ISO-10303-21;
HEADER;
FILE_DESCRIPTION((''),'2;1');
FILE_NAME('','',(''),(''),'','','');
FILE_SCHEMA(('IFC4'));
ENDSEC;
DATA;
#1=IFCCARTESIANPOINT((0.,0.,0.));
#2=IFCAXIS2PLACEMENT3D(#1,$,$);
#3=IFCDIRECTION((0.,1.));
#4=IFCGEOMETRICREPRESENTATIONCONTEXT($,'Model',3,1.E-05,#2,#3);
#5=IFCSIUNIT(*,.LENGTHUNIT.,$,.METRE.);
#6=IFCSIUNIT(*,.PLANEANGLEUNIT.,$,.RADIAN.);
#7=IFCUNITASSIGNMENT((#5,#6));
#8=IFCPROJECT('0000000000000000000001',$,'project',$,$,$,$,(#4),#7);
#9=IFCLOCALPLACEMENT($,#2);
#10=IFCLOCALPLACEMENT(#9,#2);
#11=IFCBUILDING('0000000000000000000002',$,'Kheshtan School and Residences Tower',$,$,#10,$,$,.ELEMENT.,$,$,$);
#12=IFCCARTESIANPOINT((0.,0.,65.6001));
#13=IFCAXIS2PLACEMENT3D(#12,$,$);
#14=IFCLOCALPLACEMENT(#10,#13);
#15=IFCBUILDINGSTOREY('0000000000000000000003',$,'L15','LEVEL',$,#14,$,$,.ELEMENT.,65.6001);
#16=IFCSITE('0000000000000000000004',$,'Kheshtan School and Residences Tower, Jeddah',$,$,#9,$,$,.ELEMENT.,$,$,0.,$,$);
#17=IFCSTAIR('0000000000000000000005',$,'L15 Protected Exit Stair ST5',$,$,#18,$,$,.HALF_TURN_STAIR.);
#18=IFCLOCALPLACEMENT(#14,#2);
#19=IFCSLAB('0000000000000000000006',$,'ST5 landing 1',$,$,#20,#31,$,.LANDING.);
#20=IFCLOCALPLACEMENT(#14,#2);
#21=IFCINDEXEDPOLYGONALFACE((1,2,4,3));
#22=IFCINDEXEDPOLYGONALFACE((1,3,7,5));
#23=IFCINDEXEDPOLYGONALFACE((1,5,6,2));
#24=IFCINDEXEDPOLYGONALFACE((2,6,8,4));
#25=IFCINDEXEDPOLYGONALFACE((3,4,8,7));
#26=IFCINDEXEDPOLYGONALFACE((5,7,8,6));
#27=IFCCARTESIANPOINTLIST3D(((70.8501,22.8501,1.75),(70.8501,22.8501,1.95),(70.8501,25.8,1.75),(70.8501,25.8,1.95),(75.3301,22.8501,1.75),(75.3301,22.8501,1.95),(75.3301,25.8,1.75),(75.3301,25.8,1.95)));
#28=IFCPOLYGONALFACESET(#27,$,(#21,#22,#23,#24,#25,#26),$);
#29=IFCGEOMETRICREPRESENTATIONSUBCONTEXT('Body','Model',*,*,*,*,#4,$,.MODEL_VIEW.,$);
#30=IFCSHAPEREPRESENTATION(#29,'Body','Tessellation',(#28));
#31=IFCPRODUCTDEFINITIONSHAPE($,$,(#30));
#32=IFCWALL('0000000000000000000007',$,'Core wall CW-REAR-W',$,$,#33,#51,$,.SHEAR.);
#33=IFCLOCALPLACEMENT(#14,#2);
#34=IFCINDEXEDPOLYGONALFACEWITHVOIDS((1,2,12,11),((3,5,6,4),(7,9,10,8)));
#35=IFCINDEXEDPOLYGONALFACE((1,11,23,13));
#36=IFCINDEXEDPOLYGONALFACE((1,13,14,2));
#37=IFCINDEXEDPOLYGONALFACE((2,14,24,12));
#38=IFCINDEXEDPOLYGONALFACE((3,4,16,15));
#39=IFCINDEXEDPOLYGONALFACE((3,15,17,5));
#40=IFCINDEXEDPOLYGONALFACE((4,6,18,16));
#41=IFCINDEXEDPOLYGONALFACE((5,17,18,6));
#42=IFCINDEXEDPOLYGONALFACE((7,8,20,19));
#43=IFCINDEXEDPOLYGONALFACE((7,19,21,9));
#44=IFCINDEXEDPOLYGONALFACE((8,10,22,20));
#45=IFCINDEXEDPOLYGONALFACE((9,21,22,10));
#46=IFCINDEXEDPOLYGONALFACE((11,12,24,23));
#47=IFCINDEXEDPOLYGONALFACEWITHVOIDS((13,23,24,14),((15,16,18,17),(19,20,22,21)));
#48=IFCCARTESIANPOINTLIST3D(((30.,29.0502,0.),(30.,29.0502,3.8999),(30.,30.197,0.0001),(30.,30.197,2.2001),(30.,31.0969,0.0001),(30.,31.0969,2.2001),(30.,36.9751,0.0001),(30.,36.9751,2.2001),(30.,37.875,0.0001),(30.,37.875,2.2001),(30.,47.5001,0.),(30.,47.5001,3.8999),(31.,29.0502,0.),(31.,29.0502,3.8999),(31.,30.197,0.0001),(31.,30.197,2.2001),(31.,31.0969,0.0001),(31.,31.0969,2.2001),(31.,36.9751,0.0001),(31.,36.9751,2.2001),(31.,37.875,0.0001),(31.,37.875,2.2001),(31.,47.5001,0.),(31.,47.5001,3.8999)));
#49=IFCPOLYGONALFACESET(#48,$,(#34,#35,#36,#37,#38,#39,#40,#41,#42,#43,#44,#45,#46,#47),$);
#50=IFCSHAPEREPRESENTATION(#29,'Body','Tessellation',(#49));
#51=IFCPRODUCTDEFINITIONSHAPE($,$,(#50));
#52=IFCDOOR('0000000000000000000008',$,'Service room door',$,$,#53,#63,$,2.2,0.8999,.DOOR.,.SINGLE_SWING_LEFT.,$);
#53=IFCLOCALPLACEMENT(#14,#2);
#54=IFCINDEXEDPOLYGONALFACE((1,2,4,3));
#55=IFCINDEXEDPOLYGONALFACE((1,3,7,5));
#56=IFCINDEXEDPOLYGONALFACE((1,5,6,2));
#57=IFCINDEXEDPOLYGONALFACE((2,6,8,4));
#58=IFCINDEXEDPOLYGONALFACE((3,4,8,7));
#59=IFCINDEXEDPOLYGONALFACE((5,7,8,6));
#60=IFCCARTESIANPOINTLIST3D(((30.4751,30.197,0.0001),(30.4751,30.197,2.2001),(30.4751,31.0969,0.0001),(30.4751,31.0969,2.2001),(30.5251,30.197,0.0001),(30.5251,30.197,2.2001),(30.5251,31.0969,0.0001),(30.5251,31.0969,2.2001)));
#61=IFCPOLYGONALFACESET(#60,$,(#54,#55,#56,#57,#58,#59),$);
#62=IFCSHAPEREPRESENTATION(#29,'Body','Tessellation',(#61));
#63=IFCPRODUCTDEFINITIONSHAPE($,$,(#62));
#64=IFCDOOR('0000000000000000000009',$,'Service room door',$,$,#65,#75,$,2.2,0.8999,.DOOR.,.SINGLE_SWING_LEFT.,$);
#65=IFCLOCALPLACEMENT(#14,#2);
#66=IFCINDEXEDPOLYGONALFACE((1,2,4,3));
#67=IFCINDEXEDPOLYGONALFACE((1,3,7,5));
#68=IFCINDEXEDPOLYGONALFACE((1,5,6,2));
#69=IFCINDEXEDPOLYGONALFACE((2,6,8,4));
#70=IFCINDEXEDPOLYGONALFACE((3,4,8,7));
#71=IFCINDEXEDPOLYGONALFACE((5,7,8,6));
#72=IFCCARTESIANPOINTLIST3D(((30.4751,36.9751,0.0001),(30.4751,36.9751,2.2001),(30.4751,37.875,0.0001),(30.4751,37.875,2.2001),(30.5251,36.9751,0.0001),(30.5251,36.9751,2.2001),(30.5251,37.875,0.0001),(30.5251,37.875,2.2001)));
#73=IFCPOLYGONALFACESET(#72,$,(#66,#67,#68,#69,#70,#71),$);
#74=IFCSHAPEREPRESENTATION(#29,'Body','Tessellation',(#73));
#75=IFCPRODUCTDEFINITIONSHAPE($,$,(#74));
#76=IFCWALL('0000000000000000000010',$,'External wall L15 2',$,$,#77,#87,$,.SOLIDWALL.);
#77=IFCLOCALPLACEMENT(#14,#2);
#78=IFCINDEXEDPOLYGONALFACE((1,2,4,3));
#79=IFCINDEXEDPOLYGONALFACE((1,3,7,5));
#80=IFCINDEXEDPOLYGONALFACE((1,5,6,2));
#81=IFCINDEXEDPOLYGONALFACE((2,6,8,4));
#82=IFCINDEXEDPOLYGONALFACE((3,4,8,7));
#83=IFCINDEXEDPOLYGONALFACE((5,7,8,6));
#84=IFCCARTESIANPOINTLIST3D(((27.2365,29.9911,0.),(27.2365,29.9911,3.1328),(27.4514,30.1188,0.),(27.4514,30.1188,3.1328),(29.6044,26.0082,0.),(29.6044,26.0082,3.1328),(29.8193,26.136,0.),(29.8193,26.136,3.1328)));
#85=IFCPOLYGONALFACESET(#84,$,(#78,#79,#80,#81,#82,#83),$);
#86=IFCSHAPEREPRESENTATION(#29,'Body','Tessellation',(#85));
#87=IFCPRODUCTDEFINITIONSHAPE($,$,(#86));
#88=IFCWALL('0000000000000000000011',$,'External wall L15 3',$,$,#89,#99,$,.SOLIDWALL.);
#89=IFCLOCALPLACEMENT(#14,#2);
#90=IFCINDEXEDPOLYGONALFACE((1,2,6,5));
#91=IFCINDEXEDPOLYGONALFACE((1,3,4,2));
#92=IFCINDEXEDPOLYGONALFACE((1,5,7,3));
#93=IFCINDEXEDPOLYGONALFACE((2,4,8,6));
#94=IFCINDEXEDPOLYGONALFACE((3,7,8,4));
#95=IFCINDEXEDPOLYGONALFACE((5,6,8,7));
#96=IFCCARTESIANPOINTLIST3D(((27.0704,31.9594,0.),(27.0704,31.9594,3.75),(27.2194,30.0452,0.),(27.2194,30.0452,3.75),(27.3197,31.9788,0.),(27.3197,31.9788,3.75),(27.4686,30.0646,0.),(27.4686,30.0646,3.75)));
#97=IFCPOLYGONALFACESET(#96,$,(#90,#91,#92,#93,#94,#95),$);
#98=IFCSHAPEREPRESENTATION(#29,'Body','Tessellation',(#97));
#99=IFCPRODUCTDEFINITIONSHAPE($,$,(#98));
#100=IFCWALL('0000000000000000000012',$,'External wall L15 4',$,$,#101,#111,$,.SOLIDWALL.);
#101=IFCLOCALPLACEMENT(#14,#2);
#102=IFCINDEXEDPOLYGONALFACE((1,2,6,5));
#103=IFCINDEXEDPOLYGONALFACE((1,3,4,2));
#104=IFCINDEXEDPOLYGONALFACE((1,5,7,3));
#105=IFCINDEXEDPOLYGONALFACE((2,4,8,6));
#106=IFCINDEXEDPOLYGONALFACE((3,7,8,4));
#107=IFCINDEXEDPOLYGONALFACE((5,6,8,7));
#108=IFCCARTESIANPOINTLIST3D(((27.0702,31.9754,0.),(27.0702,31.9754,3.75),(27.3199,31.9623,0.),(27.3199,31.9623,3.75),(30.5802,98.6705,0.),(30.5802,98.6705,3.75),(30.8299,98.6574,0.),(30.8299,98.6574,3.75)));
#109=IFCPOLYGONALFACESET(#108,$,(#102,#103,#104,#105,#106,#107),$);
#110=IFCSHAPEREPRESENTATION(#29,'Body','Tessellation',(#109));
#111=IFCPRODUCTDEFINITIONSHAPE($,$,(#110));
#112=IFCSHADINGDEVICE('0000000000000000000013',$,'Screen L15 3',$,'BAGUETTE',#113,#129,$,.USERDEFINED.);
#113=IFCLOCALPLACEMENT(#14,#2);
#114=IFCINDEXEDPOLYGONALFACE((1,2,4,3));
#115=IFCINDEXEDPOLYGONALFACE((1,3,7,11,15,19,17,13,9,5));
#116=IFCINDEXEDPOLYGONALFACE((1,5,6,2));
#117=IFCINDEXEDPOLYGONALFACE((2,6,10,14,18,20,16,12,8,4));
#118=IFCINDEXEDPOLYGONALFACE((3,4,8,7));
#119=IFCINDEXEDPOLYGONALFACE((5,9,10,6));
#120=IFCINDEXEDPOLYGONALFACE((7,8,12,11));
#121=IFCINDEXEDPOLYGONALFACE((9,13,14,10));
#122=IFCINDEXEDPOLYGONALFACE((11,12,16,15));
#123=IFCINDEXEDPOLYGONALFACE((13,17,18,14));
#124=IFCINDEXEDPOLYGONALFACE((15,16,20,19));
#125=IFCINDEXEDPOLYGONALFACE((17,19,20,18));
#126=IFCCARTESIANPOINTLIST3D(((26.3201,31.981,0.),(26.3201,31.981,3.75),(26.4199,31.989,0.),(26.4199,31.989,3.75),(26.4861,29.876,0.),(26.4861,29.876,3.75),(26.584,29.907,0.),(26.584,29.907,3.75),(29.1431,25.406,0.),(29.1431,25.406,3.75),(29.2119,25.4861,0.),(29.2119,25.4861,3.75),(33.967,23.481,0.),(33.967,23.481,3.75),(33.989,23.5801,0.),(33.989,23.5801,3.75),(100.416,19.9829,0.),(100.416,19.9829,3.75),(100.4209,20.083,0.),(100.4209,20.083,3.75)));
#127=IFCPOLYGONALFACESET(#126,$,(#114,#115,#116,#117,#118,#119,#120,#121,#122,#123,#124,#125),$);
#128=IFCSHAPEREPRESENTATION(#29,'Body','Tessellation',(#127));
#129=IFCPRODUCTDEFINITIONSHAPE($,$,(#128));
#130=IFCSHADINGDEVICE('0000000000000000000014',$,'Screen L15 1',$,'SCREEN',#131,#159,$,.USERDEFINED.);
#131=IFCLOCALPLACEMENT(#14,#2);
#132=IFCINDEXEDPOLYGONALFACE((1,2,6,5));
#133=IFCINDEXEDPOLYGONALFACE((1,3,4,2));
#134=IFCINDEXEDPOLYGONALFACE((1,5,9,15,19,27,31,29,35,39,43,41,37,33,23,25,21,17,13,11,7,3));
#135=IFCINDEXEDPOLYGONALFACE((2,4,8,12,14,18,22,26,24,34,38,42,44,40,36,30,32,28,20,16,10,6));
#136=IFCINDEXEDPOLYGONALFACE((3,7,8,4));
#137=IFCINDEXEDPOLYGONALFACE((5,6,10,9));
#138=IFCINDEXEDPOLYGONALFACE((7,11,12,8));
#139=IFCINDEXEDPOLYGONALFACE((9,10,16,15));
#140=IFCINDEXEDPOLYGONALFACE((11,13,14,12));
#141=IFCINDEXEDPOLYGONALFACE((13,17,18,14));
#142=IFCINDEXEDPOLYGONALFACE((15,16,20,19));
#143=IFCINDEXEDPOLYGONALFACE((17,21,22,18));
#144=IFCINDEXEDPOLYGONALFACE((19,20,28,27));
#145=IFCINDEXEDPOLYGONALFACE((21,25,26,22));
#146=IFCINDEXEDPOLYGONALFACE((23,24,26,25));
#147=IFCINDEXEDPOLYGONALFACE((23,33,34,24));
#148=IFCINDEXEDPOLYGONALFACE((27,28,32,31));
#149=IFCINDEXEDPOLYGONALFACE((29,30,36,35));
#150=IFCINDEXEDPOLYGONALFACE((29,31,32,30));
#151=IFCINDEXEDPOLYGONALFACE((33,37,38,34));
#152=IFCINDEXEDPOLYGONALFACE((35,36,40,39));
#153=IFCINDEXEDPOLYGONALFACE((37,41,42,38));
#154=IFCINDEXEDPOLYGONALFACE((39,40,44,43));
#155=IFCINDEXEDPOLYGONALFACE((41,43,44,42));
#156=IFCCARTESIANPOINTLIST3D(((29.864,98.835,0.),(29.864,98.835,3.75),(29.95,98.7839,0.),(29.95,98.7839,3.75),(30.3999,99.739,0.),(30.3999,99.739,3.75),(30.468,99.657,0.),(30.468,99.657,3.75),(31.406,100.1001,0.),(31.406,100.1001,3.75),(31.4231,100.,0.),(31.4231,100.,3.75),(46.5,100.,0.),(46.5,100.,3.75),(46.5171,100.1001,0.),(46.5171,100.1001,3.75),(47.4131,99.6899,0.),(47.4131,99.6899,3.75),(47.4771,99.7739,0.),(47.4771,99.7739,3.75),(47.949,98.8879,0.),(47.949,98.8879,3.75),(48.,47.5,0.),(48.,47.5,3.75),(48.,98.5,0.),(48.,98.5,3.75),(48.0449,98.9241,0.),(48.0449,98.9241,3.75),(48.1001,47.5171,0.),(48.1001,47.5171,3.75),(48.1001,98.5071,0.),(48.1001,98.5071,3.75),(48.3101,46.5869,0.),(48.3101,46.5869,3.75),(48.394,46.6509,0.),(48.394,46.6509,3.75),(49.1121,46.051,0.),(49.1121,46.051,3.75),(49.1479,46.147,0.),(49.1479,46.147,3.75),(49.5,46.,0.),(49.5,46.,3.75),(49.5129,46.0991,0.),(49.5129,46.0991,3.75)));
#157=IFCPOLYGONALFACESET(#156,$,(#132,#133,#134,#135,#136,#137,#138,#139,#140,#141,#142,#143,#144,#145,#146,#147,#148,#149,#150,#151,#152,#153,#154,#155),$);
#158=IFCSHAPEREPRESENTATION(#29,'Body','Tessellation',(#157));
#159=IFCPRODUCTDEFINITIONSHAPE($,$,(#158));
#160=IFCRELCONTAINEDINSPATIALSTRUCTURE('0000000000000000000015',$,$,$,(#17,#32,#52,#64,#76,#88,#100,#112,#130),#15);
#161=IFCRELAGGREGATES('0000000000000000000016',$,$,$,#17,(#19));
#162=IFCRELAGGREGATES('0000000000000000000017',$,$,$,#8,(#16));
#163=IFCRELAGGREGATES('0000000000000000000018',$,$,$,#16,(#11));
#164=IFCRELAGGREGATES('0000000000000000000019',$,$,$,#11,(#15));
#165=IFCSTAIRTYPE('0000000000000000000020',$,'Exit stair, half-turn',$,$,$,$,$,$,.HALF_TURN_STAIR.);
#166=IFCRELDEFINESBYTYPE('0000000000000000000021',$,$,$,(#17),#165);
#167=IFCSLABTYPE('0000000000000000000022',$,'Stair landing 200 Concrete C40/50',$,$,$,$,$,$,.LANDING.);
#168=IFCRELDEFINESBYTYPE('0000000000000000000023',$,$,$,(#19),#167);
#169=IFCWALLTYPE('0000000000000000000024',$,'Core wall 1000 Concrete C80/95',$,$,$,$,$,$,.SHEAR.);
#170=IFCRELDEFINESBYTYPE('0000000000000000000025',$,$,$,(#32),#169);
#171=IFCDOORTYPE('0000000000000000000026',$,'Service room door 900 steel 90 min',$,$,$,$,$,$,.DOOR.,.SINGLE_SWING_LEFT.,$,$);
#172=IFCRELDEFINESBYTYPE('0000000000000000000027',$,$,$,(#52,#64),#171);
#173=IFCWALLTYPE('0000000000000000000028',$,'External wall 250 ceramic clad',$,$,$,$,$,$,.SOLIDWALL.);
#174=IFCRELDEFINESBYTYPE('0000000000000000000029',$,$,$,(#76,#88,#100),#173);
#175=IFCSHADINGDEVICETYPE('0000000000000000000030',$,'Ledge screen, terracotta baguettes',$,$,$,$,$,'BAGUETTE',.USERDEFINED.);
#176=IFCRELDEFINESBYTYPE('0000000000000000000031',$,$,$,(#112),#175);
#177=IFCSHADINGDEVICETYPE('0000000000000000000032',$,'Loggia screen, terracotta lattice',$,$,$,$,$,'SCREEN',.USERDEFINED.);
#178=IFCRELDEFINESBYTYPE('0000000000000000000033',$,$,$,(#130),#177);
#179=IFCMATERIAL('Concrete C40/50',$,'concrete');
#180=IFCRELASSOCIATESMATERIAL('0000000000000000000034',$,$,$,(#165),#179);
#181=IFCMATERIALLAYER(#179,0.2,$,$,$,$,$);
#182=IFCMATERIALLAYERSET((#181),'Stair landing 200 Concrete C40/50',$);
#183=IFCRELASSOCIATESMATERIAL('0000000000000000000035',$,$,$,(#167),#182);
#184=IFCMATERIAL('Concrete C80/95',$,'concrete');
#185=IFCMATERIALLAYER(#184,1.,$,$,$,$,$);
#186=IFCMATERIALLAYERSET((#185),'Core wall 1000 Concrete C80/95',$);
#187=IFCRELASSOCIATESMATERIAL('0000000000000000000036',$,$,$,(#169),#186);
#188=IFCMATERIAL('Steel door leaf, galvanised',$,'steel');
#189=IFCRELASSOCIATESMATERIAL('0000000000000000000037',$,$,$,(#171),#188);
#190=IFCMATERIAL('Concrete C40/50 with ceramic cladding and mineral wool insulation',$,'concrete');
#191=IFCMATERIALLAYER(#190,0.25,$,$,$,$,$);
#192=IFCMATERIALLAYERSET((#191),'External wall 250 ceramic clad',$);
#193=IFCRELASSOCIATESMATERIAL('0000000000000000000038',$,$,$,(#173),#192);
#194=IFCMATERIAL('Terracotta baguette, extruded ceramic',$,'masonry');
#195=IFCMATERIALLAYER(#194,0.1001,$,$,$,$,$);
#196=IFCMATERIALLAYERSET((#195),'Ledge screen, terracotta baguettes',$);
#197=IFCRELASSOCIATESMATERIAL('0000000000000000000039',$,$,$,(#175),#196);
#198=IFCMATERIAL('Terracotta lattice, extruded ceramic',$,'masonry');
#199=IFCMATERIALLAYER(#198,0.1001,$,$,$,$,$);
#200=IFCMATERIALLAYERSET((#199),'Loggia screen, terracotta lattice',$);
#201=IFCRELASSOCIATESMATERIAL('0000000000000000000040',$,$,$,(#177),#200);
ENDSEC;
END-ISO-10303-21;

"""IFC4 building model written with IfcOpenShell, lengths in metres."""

from ifc_helpers import new_model, si_unit, direction, frame, frame_2d, origin, place, context, subcontext, project, spatial, polyline, rectangle, outline, extrude, source, transform, mapped, material, layer, layer_set, type_object, element, fill, aggregate, save


model = new_model("IFC4")

# Units and contexts
model_context = context("Model", 3, precision=1e-05, world=origin(), true_north=direction((0.0, 1.0)))
body_context = subcontext(model_context, "Body", "Model", "MODEL_VIEW")
ifc_project = project(units=[si_unit("LENGTHUNIT", "METRE"), si_unit("PLANEANGLEUNIT", "RADIAN")], contexts=[model_context])

# Site, building, storey
site_placement = place(None, origin())
site = spatial("IfcSite", under=ifc_project, at=site_placement, Name="Kheshtan School and Residences Tower, Jeddah", CompositionType="ELEMENT", RefElevation=0.0)
building_placement = place(site_placement, origin())
building = spatial("IfcBuilding", under=site, at=building_placement, Name="Kheshtan School and Residences Tower", CompositionType="ELEMENT")
storey_placement = place(building_placement, frame((0.0, 0.0, 65.6001)))
storey = spatial("IfcBuildingStorey", under=building, at=storey_placement, Name="L15", Description="LEVEL", CompositionType="ELEMENT", Elevation=65.6001)

# Shared definitions
ifc_material_1 = material(Name="Concrete C40/50", Category="concrete")

# Stair, slab
stair_type = type_object("IfcStairType", Name="Exit stair, half-turn", PredefinedType="HALF_TURN_STAIR", material=ifc_material_1)
ifc_layer_1 = layer(ifc_material_1, 0.2)
ifc_layer_set_1 = layer_set([ifc_layer_1], Name="Stair landing 200 Concrete C40/50")
slab_type_1 = type_object("IfcSlabType", Name="Stair landing 200 Concrete C40/50", PredefinedType="LANDING", material=ifc_layer_set_1)
stair_1_placement = place(storey_placement, origin())
stair_1 = element("IfcStair", 1, at=stair_1_placement, inside=storey, type_object=stair_type, Name="L15 Protected Exit Stair ST5", PredefinedType="HALF_TURN_STAIR")
slab_1_placement = place(storey_placement, frame((0.0, 0.0, 1.75)))
slab_1 = element("IfcSlab", 2, at=slab_1_placement, type_object=slab_type_1, Name="ST5 landing 1", PredefinedType="LANDING", context=body_context, shape_type="SweptSolid", body=[
    extrude(outline(polyline([(75.3301, 25.8), (70.8501, 25.8), (70.8501, 22.8501), (75.3301, 22.8501), (75.3301, 25.8)])), origin(), (0.0, 0.0, 1.0), 0.2),
])
aggregate(stair_1, [slab_1])

# Wall, openings, doors
ifc_material_2 = material(Name="Concrete C80/95", Category="concrete")
ifc_layer_2 = layer(ifc_material_2, 1.0)
ifc_layer_set_2 = layer_set([ifc_layer_2], Name="Core wall 1000 Concrete C80/95")
wall_type_1 = type_object("IfcWallType", Name="Core wall 1000 Concrete C80/95", PredefinedType="SHEAR", material=ifc_layer_set_2)
wall_1_placement = place(storey_placement, frame((30.5, 29.05, 0.0), z_axis=(0.0, 0.0, 1.0), x_axis=(0.0, 1.0, 0.0)))
wall_1 = element("IfcWall", 3, at=wall_1_placement, inside=storey, type_object=wall_type_1, Name="Core wall CW-REAR-W", PredefinedType="SHEAR", context=body_context, shape_type="SweptSolid", body=[
    extrude(rectangle(XDim=18.45, YDim=1.0, at=frame_2d((9.2251, 0.0))), origin(), (0.0, 0.0, 1.0), 3.8999),
])
opening_1_placement = place(wall_1_placement, frame((1.147, 0.0, 0.0)))
opening_1 = element("IfcOpeningElement", 4, at=opening_1_placement, cuts=wall_1, PredefinedType="OPENING", context=body_context, shape_type="SweptSolid", body=[
    extrude(rectangle(XDim=0.8999, YDim=2.2, at=frame_2d((0.45, 1.1001))), frame((0.0, 0.51, 0.0), z_axis=(0.0, -1.0, 0.0), x_axis=(1.0, 0.0, 0.0)), (0.0, 0.0, 1.0), 1.02),
])
opening_2_placement = place(wall_1_placement, frame((7.925, 0.0, 0.0)))
opening_2 = element("IfcOpeningElement", 5, at=opening_2_placement, cuts=wall_1, PredefinedType="OPENING", context=body_context, shape_type="SweptSolid", body=[
    extrude(rectangle(XDim=0.8999, YDim=2.2, at=frame_2d((0.45, 1.1001))), frame((0.0, 0.51, 0.0), z_axis=(0.0, -1.0, 0.0), x_axis=(1.0, 0.0, 0.0)), (0.0, 0.0, 1.0), 1.02),
])
ifc_material_3 = material(Name="Steel door leaf, galvanised", Category="steel")
door_type = type_object("IfcDoorType", Name="Service room door 900 steel 90 min", OperationType="SINGLE_SWING_LEFT", PredefinedType="DOOR", material=ifc_material_3)
shared_shape = source(origin(), body_context, "Body", "SweptSolid", [
    extrude(rectangle(XDim=0.8999, YDim=2.2, at=frame_2d((0.45, 1.1001))), frame((0.0, 0.0249, 0.0), z_axis=(0.0, -1.0, 0.0), x_axis=(1.0, 0.0, 0.0)), (0.0, 0.0, 1.0), 0.05),
])
door_1_placement = place(opening_1_placement, origin())
door_1 = element("IfcDoor", 6, at=door_1_placement, inside=storey, type_object=door_type, Name="Service room door", OperationType="SINGLE_SWING_LEFT", OverallHeight=2.2, OverallWidth=0.8999, PredefinedType="DOOR", context=body_context, shape_type="MappedRepresentation", body=[
    mapped(shared_shape, transform((0.0, 0.0, 0.0), x_axis=(1.0, 0.0, 0.0), y_axis=(0.0, 1.0, 0.0), z_axis=(0.0, 0.0, 1.0), scale=1.0)),
])
fill(opening_1, door_1)
door_2_placement = place(opening_2_placement, origin())
door_2 = element("IfcDoor", 7, at=door_2_placement, inside=storey, type_object=door_type, Name="Service room door", OperationType="SINGLE_SWING_LEFT", OverallHeight=2.2, OverallWidth=0.8999, PredefinedType="DOOR", context=body_context, shape_type="MappedRepresentation", body=[
    mapped(shared_shape, transform((0.0, 0.0, 0.0), x_axis=(1.0, 0.0, 0.0), y_axis=(0.0, 1.0, 0.0), z_axis=(0.0, 0.0, 1.0), scale=1.0)),
])
fill(opening_2, door_2)

# Walls
ifc_material_4 = material(Name="Concrete C40/50 with ceramic cladding and mineral wool insulation", Category="concrete")
ifc_layer_3 = layer(ifc_material_4, 0.25)
ifc_layer_set_3 = layer_set([ifc_layer_3], Name="External wall 250 ceramic clad")
wall_type_2 = type_object("IfcWallType", Name="External wall 250 ceramic clad", PredefinedType="SOLIDWALL", material=ifc_layer_set_3)
wall_2_placement = place(storey_placement, frame((29.7119, 26.072, 0.0), z_axis=(0.0, 0.0, 1.0), x_axis=(-0.511028, 0.859564, 0.0)))
element("IfcWall", 8, at=wall_2_placement, inside=storey, type_object=wall_type_2, Name="External wall L15 2", PredefinedType="SOLIDWALL", context=body_context, shape_type="SweptSolid", body=[
    extrude(rectangle(XDim=4.6335, YDim=0.25, at=frame_2d((2.3169, 0.0))), origin(), (0.0, 0.0, 1.0), 3.1328),
])
wall_3_placement = place(storey_placement, frame((27.344, 30.0549, 0.0), z_axis=(0.0, 0.0, 1.0), x_axis=(-0.077572, 0.996987, 0.0)))
element("IfcWall", 9, at=wall_3_placement, inside=storey, type_object=wall_type_2, Name="External wall L15 3", PredefinedType="SOLIDWALL", context=body_context, shape_type="SweptSolid", body=[
    extrude(rectangle(XDim=1.9199, YDim=0.25, at=frame_2d((0.96, 0.0))), origin(), (0.0, 0.0, 1.0), 3.75),
])
wall_4_placement = place(storey_placement, frame((27.1951, 31.969, 0.0), z_axis=(0.0, 0.0, 1.0), x_axis=(0.052555, 0.998618, 0.0)))
element("IfcWall", 10, at=wall_4_placement, inside=storey, type_object=wall_type_2, Name="External wall L15 4", PredefinedType="SOLIDWALL", context=body_context, shape_type="SweptSolid", body=[
    extrude(rectangle(XDim=66.7874, YDim=0.25, at=frame_2d((33.3936, 0.0))), origin(), (0.0, 0.0, 1.0), 3.75),
])

# Shading devices
ifc_material_5 = material(Name="Terracotta baguette, extruded ceramic", Category="masonry")
ifc_layer_4 = layer(ifc_material_5, 0.1001)
ifc_layer_set_4 = layer_set([ifc_layer_4], Name="Ledge screen, terracotta baguettes")
shading_device_type_1 = type_object("IfcShadingDeviceType", Name="Ledge screen, terracotta baguettes", ElementType="BAGUETTE", PredefinedType="USERDEFINED", material=ifc_layer_set_4)
shading_device_1_placement = place(storey_placement, origin())
element("IfcShadingDevice", 11, at=shading_device_1_placement, inside=storey, type_object=shading_device_type_1, Name="Screen L15 3", ObjectType="BAGUETTE", PredefinedType="USERDEFINED", context=body_context, shape_type="SweptSolid", body=[
    extrude(outline(polyline([(100.4209, 20.083), (33.989, 23.5801), (29.2119, 25.4861), (26.584, 29.907), (26.4199, 31.989), (26.3201, 31.981), (26.4861, 29.876), (29.1431, 25.406), (33.967, 23.481), (100.416, 19.9829), (100.4209, 20.083)])), origin(), (0.0, 0.0, 1.0), 3.75),
])
ifc_material_6 = material(Name="Terracotta lattice, extruded ceramic", Category="masonry")
ifc_layer_5 = layer(ifc_material_6, 0.1001)
ifc_layer_set_5 = layer_set([ifc_layer_5], Name="Loggia screen, terracotta lattice")
shading_device_type_2 = type_object("IfcShadingDeviceType", Name="Loggia screen, terracotta lattice", ElementType="SCREEN", PredefinedType="USERDEFINED", material=ifc_layer_set_5)
shading_device_2_placement = place(storey_placement, origin())
element("IfcShadingDevice", 12, at=shading_device_2_placement, inside=storey, type_object=shading_device_type_2, Name="Screen L15 1", ObjectType="SCREEN", PredefinedType="USERDEFINED", context=body_context, shape_type="SweptSolid", body=[
    extrude(outline(polyline([(29.95, 98.7839), (30.468, 99.657), (31.4231, 100.0), (46.5, 100.0), (47.4131, 99.6899), (47.949, 98.8879), (48.0, 98.5), (48.0, 47.5), (48.3101, 46.5869), (49.1121, 46.051), (49.5, 46.0), (49.5129, 46.0991), (49.1479, 46.147), (48.394, 46.6509), (48.1001, 47.5171), (48.1001, 98.5071), (48.0449, 98.9241), (47.4771, 99.7739), (46.5171, 100.1001), (31.406, 100.1001), (30.3999, 99.739), (29.864, 98.835), (29.95, 98.7839)])), origin(), (0.0, 0.0, 1.0), 3.75),
])

save(model, "model.ifc")
